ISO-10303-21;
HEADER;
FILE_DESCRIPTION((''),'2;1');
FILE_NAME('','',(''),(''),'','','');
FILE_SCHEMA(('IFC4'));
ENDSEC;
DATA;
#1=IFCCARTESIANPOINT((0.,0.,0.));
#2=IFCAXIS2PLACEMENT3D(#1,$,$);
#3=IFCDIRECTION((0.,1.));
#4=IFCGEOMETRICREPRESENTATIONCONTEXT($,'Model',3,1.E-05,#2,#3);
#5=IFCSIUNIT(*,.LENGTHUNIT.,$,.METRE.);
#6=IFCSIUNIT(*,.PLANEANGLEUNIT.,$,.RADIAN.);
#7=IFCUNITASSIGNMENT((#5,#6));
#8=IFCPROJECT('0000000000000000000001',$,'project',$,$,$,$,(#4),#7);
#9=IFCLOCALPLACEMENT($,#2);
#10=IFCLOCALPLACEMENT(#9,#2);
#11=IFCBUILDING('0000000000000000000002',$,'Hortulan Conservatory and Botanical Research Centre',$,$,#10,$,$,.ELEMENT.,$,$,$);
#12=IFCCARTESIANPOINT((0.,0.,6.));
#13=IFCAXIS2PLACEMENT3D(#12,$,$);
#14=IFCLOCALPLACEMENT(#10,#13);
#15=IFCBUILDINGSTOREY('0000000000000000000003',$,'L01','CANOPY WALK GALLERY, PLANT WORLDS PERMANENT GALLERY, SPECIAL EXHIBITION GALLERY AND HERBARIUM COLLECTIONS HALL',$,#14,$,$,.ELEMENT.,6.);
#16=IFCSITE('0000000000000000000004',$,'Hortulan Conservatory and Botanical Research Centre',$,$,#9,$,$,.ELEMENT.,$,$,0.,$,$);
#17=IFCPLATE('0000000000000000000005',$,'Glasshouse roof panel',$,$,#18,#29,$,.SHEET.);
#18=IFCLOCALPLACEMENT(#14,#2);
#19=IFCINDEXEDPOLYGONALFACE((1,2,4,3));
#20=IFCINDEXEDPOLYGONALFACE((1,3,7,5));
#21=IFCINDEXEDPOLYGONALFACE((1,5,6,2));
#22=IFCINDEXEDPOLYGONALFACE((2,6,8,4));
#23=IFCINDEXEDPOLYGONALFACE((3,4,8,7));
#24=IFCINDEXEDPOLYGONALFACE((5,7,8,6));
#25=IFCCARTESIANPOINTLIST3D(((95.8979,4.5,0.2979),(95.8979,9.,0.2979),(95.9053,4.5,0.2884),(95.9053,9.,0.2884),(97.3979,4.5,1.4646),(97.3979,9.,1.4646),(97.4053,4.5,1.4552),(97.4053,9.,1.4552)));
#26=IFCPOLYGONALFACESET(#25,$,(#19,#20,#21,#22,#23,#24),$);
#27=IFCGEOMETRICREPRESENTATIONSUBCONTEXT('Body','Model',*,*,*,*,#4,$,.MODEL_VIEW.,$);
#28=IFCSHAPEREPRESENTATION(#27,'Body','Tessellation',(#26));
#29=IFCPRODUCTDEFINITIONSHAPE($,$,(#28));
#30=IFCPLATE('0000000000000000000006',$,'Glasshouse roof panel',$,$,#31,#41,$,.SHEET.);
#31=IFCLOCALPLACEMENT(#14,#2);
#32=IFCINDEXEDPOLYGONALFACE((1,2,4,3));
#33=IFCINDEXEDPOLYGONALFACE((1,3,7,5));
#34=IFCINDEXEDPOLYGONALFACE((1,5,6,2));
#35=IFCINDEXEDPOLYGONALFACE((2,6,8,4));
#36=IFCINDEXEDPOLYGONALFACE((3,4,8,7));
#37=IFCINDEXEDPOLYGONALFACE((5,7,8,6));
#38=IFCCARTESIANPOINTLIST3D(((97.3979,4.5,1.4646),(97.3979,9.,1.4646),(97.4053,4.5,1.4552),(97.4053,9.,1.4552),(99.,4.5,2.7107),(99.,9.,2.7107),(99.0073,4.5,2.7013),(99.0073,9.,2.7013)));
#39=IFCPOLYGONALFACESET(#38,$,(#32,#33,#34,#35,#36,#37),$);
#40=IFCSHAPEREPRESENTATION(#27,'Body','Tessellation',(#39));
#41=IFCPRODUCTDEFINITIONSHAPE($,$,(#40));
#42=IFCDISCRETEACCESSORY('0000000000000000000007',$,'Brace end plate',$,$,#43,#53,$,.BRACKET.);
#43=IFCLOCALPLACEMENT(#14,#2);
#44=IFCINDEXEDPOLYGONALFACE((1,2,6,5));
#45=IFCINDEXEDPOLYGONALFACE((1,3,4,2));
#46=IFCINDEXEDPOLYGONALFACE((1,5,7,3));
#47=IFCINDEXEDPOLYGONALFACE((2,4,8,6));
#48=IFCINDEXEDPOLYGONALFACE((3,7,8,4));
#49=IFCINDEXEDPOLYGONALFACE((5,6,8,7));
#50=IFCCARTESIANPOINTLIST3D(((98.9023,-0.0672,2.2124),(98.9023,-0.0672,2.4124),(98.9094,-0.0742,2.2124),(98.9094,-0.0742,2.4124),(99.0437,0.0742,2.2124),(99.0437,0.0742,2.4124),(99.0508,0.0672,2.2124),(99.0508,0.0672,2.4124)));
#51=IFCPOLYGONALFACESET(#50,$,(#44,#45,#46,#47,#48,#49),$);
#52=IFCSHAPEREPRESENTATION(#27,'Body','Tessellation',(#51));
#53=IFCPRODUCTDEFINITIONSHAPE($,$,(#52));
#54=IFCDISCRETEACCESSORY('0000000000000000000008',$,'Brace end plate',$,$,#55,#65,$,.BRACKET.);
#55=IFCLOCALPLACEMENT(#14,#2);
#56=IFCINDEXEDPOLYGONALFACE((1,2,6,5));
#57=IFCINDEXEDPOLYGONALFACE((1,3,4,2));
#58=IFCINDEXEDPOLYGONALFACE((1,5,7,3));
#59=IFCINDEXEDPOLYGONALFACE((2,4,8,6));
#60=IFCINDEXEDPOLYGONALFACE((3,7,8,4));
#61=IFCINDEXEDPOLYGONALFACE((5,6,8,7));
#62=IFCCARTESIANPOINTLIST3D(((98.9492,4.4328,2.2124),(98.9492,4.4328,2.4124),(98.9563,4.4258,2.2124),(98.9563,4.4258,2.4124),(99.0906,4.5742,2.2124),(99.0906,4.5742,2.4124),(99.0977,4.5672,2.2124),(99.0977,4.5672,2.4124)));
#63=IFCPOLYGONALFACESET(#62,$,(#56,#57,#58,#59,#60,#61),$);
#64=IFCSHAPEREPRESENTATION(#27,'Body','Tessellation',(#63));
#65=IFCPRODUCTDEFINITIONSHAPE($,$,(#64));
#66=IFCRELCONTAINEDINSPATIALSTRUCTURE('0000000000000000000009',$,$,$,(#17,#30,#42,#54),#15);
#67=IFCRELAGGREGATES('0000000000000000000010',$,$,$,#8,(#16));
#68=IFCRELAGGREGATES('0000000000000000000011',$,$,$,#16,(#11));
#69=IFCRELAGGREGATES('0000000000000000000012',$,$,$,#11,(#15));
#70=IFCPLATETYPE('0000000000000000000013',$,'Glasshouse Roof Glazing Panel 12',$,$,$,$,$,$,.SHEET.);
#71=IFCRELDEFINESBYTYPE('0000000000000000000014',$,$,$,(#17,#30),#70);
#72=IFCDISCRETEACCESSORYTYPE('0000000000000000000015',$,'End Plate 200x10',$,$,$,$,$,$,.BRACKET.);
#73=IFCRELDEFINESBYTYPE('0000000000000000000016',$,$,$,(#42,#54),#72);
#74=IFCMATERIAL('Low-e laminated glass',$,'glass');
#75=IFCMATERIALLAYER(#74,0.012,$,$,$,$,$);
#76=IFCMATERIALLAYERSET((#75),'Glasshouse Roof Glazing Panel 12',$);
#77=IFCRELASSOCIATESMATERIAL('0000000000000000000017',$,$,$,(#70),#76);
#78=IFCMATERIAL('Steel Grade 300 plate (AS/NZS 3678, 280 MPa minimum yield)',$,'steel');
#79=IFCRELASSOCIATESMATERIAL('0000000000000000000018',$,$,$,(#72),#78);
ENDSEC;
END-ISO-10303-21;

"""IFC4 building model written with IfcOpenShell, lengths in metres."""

from ifc_helpers import new_model, si_unit, direction, frame, origin, origin_2d, place, context, subcontext, project, spatial, polyline, rectangle, outline, extrude, material, layer, layer_set, type_object, element, save


model = new_model("IFC4")

# Units and contexts
model_context = context("Model", 3, precision=1e-05, world=origin(), true_north=direction((0.0, 1.0)))
body_context = subcontext(model_context, "Body", "Model", "MODEL_VIEW")
ifc_project = project(units=[si_unit("LENGTHUNIT", "METRE"), si_unit("PLANEANGLEUNIT", "RADIAN")], contexts=[model_context])

# Site, building, storey
site_placement = place(None, origin())
site = spatial("IfcSite", under=ifc_project, at=site_placement, Name="Hortulan Conservatory and Botanical Research Centre", CompositionType="ELEMENT", RefElevation=0.0)
building_placement = place(site_placement, origin())
building = spatial("IfcBuilding", under=site, at=building_placement, Name="Hortulan Conservatory and Botanical Research Centre", CompositionType="ELEMENT")
storey_placement = place(building_placement, frame((0.0, 0.0, 6.0)))
storey = spatial("IfcBuildingStorey", under=building, at=storey_placement, Name="L01", Description="CANOPY WALK GALLERY, PLANT WORLDS PERMANENT GALLERY, SPECIAL EXHIBITION GALLERY AND HERBARIUM COLLECTIONS HALL", CompositionType="ELEMENT", Elevation=6.0)

# Plates
ifc_material_1 = material(Name="Low-e laminated glass", Category="glass")
ifc_layer_1 = layer(ifc_material_1, 0.012)
ifc_layer_set_1 = layer_set([ifc_layer_1], Name="Glasshouse Roof Glazing Panel 12")
plate_type_1 = type_object("IfcPlateType", Name="Glasshouse Roof Glazing Panel 12", PredefinedType="SHEET", material=ifc_layer_set_1)
plate_1_placement = place(storey_placement, frame((95.8979, 4.5, 0.2979), z_axis=(-0.613967, 0.0, 0.789331), x_axis=(0.789331, 0.0, 0.613967)))
element("IfcPlate", 1, at=plate_1_placement, inside=storey, type_object=plate_type_1, Name="Glasshouse roof panel", PredefinedType="SHEET", context=body_context, shape_type="SweptSolid", body=[
    extrude(outline(polyline([(0.0, 0.0), (1.9003, 0.0), (1.9003, 4.5), (0.0, 4.5), (0.0, 0.0)])), origin(), (0.0, 0.0, -1.0), 0.012),
])
plate_2_placement = place(storey_placement, frame((97.3979, 4.5, 1.4646), z_axis=(-0.613957, 0.0, 0.789339), x_axis=(0.789339, 0.0, 0.613957)))
element("IfcPlate", 2, at=plate_2_placement, inside=storey, type_object=plate_type_1, Name="Glasshouse roof panel", PredefinedType="SHEET", context=body_context, shape_type="SweptSolid", body=[
    extrude(outline(polyline([(0.0, 0.0), (2.0296, 0.0), (2.0296, 4.5), (0.0, 4.5), (0.0, 0.0)])), origin(), (0.0, 0.0, -1.0), 0.012),
])

# Discrete accessories
ifc_material_2 = material(Name="Steel Grade 300 plate (AS/NZS 3678, 280 MPa minimum yield)", Category="steel")
discrete_accessory_type = type_object("IfcDiscreteAccessoryType", Name="End Plate 200x10", PredefinedType="BRACKET", material=ifc_material_2)
for number, where, z_axis, x_axis, name in (
    (3, (98.9766, 0.0, 2.2124), (0.0, 0.0, 1.0), (0.707107, 0.707107, 0.0), "Brace end plate"),
    (4, (99.0234, 4.5, 2.2124), (0.0, 0.0, 1.0), (0.707107, 0.707107, 0.0), "Brace end plate"),
):
    element("IfcDiscreteAccessory", number, at=place(storey_placement, frame(where, z_axis=z_axis, x_axis=x_axis)), inside=storey, type_object=discrete_accessory_type, Name=name, PredefinedType="BRACKET", context=body_context, shape_type="SweptSolid", body=[
        extrude(rectangle(XDim=0.2, YDim=0.01, at=origin_2d()), origin(), (0.0, 0.0, 1.0), 0.2),
    ])

save(model, "model.ifc")
